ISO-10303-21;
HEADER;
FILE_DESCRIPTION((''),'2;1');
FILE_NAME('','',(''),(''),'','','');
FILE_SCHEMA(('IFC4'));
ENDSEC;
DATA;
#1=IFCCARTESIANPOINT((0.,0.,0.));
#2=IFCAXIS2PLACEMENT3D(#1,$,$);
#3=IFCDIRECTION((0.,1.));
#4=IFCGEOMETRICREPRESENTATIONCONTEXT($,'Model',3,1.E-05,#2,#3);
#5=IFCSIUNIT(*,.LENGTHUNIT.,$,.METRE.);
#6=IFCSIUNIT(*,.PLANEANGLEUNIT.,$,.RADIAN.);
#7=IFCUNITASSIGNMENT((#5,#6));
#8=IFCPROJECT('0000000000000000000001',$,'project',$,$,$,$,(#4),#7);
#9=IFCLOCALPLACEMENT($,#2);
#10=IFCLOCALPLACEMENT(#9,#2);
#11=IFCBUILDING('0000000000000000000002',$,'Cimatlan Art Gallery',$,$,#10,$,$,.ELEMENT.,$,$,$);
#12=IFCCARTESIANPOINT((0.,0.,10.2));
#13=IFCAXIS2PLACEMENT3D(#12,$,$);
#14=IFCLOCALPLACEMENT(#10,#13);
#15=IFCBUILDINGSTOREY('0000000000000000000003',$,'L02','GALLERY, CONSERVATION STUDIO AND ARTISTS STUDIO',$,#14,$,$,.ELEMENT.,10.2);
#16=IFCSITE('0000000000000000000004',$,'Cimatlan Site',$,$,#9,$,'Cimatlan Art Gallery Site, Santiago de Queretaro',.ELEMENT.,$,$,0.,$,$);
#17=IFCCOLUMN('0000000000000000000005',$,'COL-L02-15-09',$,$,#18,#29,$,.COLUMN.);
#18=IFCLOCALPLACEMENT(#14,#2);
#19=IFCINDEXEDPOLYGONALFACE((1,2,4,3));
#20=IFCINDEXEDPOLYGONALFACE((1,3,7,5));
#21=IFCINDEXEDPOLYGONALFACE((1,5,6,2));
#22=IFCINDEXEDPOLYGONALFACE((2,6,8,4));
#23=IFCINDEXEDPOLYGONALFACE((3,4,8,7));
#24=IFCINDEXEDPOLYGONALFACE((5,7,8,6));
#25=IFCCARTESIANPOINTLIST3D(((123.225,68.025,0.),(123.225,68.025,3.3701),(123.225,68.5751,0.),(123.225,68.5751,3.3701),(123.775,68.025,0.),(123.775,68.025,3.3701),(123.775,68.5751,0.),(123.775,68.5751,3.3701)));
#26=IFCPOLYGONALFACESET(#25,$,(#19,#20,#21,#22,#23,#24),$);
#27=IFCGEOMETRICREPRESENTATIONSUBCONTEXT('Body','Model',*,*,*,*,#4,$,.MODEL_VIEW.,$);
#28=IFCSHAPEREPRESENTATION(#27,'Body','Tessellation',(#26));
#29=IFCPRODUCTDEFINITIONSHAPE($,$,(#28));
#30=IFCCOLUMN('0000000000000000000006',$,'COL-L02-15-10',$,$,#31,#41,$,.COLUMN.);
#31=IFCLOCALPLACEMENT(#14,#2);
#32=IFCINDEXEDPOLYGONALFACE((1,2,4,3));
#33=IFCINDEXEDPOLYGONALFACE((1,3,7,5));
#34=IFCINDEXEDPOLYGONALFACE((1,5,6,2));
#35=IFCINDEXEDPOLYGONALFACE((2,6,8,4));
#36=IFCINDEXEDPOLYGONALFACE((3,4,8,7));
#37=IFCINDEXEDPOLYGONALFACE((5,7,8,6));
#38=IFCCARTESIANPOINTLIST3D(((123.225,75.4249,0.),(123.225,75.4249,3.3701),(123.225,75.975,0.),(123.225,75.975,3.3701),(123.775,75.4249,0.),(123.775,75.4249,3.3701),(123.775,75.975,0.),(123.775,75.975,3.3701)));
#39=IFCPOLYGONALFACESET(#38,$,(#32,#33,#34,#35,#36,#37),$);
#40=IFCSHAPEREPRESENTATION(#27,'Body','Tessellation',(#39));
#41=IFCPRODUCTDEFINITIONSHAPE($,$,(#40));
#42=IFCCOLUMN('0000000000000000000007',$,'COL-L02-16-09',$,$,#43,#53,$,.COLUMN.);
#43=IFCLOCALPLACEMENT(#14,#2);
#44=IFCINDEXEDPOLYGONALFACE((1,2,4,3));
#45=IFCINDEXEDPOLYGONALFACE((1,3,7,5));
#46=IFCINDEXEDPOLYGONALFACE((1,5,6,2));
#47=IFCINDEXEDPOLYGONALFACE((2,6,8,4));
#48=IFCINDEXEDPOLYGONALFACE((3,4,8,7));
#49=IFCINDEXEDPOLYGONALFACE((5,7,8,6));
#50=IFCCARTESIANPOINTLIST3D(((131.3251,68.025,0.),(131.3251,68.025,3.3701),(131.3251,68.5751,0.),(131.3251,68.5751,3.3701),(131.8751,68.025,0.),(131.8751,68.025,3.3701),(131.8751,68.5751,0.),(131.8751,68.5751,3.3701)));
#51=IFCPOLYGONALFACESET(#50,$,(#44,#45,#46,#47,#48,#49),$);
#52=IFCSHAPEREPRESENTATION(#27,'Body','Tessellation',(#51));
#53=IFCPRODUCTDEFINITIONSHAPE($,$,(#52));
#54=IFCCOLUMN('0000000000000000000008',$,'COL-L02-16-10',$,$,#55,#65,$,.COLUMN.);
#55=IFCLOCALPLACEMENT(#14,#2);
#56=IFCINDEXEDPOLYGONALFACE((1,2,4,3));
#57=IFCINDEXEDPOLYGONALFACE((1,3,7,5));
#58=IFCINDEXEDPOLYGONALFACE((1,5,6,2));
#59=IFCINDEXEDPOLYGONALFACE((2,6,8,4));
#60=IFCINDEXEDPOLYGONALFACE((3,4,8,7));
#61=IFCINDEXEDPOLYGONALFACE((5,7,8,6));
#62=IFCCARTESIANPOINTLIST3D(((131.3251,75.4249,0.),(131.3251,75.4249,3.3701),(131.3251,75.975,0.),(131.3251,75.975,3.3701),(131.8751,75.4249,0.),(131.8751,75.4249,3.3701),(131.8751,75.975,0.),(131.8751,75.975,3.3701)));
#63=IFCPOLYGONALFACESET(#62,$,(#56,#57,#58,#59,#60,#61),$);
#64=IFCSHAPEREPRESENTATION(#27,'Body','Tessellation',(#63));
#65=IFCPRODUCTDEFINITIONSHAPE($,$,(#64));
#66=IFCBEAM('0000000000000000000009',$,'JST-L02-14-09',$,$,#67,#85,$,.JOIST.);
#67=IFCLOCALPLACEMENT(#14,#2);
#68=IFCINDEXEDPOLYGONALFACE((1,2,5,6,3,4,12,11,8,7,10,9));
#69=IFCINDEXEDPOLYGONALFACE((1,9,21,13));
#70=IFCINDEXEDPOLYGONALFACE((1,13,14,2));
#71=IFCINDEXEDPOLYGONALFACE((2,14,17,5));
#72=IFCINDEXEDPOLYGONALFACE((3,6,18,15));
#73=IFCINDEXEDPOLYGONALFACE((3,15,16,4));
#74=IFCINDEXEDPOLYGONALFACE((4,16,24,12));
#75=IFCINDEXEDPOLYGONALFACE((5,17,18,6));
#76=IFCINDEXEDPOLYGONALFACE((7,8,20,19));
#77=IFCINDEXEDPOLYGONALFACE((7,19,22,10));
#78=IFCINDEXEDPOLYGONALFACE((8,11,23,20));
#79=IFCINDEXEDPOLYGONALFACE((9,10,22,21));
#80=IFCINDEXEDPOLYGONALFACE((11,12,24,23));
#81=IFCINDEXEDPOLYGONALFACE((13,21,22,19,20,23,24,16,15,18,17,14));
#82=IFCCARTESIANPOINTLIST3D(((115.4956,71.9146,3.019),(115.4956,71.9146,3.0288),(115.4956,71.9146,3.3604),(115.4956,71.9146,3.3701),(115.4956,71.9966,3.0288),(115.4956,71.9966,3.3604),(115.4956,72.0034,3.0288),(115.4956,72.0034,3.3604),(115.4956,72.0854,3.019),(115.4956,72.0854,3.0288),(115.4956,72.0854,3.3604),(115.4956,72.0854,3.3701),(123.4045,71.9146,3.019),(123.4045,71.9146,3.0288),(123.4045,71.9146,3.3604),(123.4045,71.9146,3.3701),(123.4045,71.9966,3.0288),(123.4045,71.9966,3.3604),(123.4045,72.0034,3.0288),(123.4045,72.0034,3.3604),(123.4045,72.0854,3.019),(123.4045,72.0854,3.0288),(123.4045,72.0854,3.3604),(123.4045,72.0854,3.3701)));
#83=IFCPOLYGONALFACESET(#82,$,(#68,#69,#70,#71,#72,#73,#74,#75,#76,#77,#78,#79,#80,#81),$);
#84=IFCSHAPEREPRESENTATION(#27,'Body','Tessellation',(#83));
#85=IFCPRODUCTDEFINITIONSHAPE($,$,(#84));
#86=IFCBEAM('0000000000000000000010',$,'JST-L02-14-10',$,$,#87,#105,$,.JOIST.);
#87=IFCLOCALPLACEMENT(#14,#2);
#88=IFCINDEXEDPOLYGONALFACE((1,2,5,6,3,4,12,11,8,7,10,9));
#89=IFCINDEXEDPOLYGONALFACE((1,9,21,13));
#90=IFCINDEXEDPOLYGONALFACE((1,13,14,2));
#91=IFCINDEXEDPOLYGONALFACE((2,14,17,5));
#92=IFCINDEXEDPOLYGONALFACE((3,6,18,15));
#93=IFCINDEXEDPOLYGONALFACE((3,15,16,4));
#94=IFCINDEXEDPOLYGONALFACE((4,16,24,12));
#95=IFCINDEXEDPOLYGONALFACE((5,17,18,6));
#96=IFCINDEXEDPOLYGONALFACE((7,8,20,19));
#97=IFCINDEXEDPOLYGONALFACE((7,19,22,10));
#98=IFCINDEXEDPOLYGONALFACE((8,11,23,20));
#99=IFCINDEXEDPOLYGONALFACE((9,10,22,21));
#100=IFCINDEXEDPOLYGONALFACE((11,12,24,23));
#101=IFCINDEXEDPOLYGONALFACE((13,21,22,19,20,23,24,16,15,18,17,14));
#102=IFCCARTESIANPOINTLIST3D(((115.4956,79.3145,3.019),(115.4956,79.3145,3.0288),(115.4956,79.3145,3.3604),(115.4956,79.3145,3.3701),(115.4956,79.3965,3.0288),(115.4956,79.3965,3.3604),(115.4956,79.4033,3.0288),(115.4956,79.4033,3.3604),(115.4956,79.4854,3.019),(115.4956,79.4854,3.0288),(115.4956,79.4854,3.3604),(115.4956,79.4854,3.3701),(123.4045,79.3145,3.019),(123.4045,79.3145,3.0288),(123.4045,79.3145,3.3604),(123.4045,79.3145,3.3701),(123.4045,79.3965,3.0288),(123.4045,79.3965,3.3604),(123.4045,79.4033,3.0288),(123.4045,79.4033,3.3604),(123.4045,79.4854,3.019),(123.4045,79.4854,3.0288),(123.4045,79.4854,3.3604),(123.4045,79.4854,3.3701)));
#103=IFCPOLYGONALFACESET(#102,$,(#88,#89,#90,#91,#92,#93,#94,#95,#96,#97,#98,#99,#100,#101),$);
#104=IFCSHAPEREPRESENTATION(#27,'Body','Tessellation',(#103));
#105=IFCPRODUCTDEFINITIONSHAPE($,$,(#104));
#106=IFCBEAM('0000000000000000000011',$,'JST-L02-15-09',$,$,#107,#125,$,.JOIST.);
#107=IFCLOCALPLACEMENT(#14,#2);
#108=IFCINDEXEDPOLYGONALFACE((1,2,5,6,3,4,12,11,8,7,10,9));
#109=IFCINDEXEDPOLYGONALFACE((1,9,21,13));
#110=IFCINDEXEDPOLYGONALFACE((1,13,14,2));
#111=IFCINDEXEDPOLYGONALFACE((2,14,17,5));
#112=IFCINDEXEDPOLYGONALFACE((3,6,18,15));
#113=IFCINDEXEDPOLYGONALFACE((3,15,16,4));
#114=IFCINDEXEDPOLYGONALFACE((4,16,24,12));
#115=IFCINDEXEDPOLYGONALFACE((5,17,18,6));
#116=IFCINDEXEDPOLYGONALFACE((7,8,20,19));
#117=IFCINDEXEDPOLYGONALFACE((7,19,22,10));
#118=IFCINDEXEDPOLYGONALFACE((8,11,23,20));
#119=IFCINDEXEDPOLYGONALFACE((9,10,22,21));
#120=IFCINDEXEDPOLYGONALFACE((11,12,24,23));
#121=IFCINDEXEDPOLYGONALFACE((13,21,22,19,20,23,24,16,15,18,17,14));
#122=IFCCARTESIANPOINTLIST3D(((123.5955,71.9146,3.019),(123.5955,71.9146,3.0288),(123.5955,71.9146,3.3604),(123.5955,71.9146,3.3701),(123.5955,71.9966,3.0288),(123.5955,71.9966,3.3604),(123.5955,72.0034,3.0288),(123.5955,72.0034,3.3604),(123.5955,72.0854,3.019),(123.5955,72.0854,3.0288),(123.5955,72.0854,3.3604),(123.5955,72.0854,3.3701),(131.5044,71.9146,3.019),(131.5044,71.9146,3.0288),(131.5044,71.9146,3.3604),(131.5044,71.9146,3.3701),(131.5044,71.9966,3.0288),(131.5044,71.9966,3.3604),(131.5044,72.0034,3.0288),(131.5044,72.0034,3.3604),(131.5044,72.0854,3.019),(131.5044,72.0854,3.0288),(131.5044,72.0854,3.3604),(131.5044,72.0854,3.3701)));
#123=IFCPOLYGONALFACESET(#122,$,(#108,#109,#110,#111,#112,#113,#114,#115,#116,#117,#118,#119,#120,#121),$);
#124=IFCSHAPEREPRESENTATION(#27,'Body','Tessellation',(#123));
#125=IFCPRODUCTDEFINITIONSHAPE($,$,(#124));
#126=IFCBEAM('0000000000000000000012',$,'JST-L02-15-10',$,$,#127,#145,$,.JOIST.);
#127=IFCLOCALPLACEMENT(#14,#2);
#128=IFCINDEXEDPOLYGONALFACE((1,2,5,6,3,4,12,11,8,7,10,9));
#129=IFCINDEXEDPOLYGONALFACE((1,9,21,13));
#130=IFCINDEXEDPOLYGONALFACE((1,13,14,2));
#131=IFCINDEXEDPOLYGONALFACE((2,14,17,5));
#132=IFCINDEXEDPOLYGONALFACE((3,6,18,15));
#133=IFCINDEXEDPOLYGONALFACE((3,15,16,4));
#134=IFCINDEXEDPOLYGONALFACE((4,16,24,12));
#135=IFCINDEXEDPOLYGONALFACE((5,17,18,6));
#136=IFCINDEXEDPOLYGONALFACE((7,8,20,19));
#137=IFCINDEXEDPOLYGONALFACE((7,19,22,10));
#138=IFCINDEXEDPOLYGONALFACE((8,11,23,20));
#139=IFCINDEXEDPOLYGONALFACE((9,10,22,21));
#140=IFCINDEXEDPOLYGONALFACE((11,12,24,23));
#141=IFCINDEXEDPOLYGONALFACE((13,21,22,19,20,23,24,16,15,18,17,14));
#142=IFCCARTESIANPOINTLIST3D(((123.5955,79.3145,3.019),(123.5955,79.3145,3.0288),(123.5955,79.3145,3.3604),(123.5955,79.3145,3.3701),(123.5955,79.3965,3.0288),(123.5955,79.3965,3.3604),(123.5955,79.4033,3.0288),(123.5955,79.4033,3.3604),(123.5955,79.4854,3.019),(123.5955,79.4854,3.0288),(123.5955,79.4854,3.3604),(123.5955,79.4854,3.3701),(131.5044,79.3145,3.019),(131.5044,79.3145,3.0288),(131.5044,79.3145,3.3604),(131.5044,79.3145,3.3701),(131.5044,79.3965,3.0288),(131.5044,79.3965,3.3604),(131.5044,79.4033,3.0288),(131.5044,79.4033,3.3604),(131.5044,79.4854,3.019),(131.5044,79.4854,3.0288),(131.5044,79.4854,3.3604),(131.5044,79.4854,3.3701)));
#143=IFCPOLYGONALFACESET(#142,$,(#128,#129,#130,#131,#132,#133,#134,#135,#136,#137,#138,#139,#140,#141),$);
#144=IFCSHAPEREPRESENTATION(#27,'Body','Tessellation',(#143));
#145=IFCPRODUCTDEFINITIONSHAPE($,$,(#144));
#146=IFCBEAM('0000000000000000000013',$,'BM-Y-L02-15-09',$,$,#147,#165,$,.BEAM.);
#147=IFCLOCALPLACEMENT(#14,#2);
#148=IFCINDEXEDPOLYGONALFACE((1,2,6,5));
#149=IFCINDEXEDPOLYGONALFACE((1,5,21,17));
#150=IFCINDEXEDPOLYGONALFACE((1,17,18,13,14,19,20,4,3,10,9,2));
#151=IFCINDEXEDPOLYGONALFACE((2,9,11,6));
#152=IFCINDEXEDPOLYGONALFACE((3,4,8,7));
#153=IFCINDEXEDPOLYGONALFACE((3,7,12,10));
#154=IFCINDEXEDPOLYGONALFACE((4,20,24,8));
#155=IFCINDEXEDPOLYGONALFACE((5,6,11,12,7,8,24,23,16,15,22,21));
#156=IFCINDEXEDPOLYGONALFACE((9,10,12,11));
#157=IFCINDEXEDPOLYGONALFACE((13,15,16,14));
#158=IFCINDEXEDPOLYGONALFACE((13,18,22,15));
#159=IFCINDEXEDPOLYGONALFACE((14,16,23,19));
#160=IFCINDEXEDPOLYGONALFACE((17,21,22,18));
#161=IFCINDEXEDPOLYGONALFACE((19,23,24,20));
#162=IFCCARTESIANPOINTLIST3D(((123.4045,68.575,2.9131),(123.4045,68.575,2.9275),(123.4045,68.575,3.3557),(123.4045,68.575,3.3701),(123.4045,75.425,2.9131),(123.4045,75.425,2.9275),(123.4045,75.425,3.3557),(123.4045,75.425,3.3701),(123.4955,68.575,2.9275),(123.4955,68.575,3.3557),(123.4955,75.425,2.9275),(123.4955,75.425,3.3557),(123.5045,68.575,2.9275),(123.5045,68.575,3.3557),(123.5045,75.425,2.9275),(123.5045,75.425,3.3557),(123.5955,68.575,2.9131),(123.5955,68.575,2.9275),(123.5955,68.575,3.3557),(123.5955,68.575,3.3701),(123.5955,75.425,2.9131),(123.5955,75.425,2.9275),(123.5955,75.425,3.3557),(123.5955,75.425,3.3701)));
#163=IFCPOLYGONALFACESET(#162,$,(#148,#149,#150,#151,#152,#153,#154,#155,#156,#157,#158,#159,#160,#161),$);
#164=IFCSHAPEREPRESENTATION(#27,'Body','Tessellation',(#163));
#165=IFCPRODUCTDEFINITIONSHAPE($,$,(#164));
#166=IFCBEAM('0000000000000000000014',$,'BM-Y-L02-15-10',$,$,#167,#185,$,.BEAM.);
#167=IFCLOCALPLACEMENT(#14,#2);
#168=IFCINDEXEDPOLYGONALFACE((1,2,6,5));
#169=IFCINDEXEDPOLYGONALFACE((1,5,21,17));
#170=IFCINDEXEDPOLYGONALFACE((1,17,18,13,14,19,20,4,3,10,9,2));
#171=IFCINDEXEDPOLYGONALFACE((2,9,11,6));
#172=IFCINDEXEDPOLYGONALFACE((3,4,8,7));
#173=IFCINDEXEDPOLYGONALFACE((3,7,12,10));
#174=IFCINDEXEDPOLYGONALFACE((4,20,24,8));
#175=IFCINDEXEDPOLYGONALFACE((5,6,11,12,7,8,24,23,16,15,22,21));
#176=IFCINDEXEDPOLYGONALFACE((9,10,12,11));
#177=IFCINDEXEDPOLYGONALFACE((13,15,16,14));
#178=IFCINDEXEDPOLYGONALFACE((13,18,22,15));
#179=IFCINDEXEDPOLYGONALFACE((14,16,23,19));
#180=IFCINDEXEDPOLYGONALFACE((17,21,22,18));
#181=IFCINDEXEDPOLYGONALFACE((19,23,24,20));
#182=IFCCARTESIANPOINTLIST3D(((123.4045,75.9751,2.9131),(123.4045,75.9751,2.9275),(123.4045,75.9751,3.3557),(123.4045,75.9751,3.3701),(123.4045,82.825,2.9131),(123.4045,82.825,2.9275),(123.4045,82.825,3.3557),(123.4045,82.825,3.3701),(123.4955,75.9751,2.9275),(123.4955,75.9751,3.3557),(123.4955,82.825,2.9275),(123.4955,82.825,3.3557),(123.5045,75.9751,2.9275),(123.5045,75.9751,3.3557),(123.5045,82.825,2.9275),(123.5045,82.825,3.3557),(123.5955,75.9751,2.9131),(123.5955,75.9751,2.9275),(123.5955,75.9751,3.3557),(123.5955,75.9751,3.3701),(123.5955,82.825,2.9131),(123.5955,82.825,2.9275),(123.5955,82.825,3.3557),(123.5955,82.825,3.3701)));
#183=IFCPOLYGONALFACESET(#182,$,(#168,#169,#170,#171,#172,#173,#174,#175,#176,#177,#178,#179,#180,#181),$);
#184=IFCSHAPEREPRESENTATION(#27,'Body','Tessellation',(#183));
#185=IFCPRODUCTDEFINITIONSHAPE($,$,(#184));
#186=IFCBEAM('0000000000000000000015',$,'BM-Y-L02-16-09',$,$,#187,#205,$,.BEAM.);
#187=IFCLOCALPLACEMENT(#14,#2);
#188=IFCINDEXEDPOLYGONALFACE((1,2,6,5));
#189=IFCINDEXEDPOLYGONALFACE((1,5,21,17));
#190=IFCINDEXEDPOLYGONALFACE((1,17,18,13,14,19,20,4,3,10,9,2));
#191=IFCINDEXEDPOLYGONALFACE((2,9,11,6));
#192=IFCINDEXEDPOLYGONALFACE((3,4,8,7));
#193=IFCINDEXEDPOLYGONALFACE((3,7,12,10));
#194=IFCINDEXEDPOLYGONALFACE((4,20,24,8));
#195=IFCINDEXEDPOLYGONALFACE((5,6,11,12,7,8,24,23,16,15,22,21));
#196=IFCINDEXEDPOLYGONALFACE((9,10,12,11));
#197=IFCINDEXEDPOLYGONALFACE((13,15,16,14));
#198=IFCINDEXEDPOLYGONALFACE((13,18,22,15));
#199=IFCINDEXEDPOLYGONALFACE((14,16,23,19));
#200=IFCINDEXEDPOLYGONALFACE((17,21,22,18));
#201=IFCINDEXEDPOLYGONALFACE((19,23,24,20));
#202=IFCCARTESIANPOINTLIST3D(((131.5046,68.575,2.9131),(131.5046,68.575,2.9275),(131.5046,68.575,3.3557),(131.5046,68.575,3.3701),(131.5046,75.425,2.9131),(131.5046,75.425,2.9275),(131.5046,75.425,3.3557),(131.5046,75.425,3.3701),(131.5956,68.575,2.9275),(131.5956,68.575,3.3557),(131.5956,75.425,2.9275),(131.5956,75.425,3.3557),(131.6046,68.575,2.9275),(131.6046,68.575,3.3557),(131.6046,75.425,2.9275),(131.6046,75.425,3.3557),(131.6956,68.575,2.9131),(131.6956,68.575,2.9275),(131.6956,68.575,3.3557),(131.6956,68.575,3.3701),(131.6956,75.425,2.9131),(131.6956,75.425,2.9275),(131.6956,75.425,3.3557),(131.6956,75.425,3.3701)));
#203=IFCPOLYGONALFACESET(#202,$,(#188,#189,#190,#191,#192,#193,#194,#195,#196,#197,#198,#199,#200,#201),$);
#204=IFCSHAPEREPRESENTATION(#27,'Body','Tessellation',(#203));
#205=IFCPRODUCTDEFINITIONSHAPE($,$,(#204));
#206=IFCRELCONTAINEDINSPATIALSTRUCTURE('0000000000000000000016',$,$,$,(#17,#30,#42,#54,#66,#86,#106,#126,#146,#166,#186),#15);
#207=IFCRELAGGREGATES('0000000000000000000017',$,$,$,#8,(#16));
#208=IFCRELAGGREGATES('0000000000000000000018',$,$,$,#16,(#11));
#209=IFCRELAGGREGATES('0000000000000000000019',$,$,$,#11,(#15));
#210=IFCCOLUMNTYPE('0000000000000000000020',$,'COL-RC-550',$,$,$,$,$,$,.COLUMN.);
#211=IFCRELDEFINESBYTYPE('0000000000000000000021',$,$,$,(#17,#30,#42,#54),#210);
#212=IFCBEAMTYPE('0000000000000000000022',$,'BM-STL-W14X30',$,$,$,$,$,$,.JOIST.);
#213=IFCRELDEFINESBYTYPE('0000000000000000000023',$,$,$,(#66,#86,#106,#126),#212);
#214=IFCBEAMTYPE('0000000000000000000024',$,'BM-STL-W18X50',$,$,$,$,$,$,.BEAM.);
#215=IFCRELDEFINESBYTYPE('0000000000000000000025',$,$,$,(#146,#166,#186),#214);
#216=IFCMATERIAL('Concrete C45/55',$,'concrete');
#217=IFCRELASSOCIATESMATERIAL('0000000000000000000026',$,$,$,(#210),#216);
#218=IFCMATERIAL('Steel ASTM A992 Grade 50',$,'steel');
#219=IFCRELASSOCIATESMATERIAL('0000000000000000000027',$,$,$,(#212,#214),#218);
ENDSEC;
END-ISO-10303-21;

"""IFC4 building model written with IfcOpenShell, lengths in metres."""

from ifc_helpers import new_model, si_unit, direction, frame, origin, origin_2d, place, context, subcontext, project, spatial, rectangle, i_section, extrude, material, material_profile, profile_set, type_object, element, save


model = new_model("IFC4")

# Units and contexts
model_context = context("Model", 3, precision=1e-05, world=origin(), true_north=direction((0.0, 1.0)))
body_context = subcontext(model_context, "Body", "Model", "MODEL_VIEW")
ifc_project = project(units=[si_unit("LENGTHUNIT", "METRE"), si_unit("PLANEANGLEUNIT", "RADIAN")], contexts=[model_context])

# Site, building, storey
site_placement = place(None, origin())
site = spatial("IfcSite", under=ifc_project, at=site_placement, Name="Cimatlan Site", LongName="Cimatlan Art Gallery Site, Santiago de Queretaro", CompositionType="ELEMENT", RefElevation=0.0)
building_placement = place(site_placement, origin())
building = spatial("IfcBuilding", under=site, at=building_placement, Name="Cimatlan Art Gallery", CompositionType="ELEMENT")
storey_placement = place(building_placement, frame((0.0, 0.0, 10.2)))
storey = spatial("IfcBuildingStorey", under=building, at=storey_placement, Name="L02", Description="GALLERY, CONSERVATION STUDIO AND ARTISTS STUDIO", CompositionType="ELEMENT", Elevation=10.2)

# Columns
ifc_material_1 = material(Name="Concrete C45/55", Category="concrete")
ifc_material_profile_1 = material_profile(ifc_material_1, rectangle(XDim=0.55, YDim=0.55, at=origin_2d()), Name="RC550X550")
ifc_profile_set_1 = profile_set([ifc_material_profile_1], Name="Concrete C45/55")
column_type = type_object("IfcColumnType", Name="COL-RC-550", PredefinedType="COLUMN", material=ifc_profile_set_1)
for number, where, z_axis, x_axis, name in (
    (1, (123.5, 68.3, 0.0), (0.0, 0.0, 1.0), (1.0, 0.0, 0.0), "COL-L02-15-09"),
    (2, (123.5, 75.7, 0.0), (0.0, 0.0, 1.0), (1.0, 0.0, 0.0), "COL-L02-15-10"),
    (3, (131.6001, 68.3, 0.0), (0.0, 0.0, 1.0), (1.0, 0.0, 0.0), "COL-L02-16-09"),
    (4, (131.6001, 75.7, 0.0), (0.0, 0.0, 1.0), (1.0, 0.0, 0.0), "COL-L02-16-10"),
):
    element("IfcColumn", number, at=place(storey_placement, frame(where, z_axis=z_axis, x_axis=x_axis)), inside=storey, type_object=column_type, Name=name, PredefinedType="COLUMN", context=body_context, shape_type="SweptSolid", body=[
        extrude(rectangle(XDim=0.55, YDim=0.55, at=origin_2d()), origin(), (0.0, 0.0, 1.0), 3.3701),
    ])

# Beams
ifc_material_2 = material(Name="Steel ASTM A992 Grade 50", Category="steel")
ifc_material_profile_2 = material_profile(ifc_material_2, i_section(OverallWidth=0.1709, OverallDepth=0.3511, WebThickness=0.0068, FlangeThickness=0.0098, at=origin_2d()), Name="W14X30")
ifc_profile_set_2 = profile_set([ifc_material_profile_2], Name="Steel ASTM A992 Grade 50")
beam_type_1 = type_object("IfcBeamType", Name="BM-STL-W14X30", PredefinedType="JOIST", material=ifc_profile_set_2)
for number, where, z_axis, x_axis, name in (
    (5, (115.4956, 72.0, 3.1946), (1.0, 0.0, 0.0), (0.0, 1.0, 0.0), "JST-L02-14-09"),
    (6, (115.4956, 79.3999, 3.1946), (1.0, 0.0, 0.0), (0.0, 1.0, 0.0), "JST-L02-14-10"),
    (7, (123.5955, 72.0, 3.1946), (1.0, 0.0, 0.0), (0.0, 1.0, 0.0), "JST-L02-15-09"),
    (8, (123.5955, 79.3999, 3.1946), (1.0, 0.0, 0.0), (0.0, 1.0, 0.0), "JST-L02-15-10"),
):
    element("IfcBeam", number, at=place(storey_placement, frame(where, z_axis=z_axis, x_axis=x_axis)), inside=storey, type_object=beam_type_1, Name=name, PredefinedType="JOIST", context=body_context, shape_type="SweptSolid", body=[
        extrude(i_section(OverallWidth=0.1709, OverallDepth=0.3511, WebThickness=0.0068, FlangeThickness=0.0098, at=origin_2d()), origin(), (0.0, 0.0, 1.0), 7.9089),
    ])
ifc_material_profile_3 = material_profile(ifc_material_2, i_section(OverallWidth=0.1909, OverallDepth=0.457, WebThickness=0.009, FlangeThickness=0.0144, at=origin_2d()), Name="W18X50")
ifc_profile_set_3 = profile_set([ifc_material_profile_3], Name="Steel ASTM A992 Grade 50")
beam_type_2 = type_object("IfcBeamType", Name="BM-STL-W18X50", PredefinedType="BEAM", material=ifc_profile_set_3)
beam_1_placement = place(storey_placement, frame((123.5, 68.575, 3.1416), z_axis=(0.0, 1.0, 0.0), x_axis=(-1.0, 0.0, 0.0)))
element("IfcBeam", 9, at=beam_1_placement, inside=storey, type_object=beam_type_2, Name="BM-Y-L02-15-09", PredefinedType="BEAM", context=body_context, shape_type="SweptSolid", body=[
    extrude(i_section(OverallWidth=0.1909, OverallDepth=0.457, WebThickness=0.009, FlangeThickness=0.0144, at=origin_2d()), origin(), (0.0, 0.0, 1.0), 6.8501),
])
beam_2_placement = place(storey_placement, frame((123.5, 75.9751, 3.1416), z_axis=(0.0, 1.0, 0.0), x_axis=(-1.0, 0.0, 0.0)))
element("IfcBeam", 10, at=beam_2_placement, inside=storey, type_object=beam_type_2, Name="BM-Y-L02-15-10", PredefinedType="BEAM", context=body_context, shape_type="SweptSolid", body=[
    extrude(i_section(OverallWidth=0.1909, OverallDepth=0.457, WebThickness=0.009, FlangeThickness=0.0144, at=origin_2d()), origin(), (0.0, 0.0, 1.0), 6.8499),
])
beam_3_placement = place(storey_placement, frame((131.6001, 68.575, 3.1416), z_axis=(0.0, 1.0, 0.0), x_axis=(-1.0, 0.0, 0.0)))
element("IfcBeam", 11, at=beam_3_placement, inside=storey, type_object=beam_type_2, Name="BM-Y-L02-16-09", PredefinedType="BEAM", context=body_context, shape_type="SweptSolid", body=[
    extrude(i_section(OverallWidth=0.1909, OverallDepth=0.457, WebThickness=0.009, FlangeThickness=0.0144, at=origin_2d()), origin(), (0.0, 0.0, 1.0), 6.8501),
])

save(model, "model.ifc")
